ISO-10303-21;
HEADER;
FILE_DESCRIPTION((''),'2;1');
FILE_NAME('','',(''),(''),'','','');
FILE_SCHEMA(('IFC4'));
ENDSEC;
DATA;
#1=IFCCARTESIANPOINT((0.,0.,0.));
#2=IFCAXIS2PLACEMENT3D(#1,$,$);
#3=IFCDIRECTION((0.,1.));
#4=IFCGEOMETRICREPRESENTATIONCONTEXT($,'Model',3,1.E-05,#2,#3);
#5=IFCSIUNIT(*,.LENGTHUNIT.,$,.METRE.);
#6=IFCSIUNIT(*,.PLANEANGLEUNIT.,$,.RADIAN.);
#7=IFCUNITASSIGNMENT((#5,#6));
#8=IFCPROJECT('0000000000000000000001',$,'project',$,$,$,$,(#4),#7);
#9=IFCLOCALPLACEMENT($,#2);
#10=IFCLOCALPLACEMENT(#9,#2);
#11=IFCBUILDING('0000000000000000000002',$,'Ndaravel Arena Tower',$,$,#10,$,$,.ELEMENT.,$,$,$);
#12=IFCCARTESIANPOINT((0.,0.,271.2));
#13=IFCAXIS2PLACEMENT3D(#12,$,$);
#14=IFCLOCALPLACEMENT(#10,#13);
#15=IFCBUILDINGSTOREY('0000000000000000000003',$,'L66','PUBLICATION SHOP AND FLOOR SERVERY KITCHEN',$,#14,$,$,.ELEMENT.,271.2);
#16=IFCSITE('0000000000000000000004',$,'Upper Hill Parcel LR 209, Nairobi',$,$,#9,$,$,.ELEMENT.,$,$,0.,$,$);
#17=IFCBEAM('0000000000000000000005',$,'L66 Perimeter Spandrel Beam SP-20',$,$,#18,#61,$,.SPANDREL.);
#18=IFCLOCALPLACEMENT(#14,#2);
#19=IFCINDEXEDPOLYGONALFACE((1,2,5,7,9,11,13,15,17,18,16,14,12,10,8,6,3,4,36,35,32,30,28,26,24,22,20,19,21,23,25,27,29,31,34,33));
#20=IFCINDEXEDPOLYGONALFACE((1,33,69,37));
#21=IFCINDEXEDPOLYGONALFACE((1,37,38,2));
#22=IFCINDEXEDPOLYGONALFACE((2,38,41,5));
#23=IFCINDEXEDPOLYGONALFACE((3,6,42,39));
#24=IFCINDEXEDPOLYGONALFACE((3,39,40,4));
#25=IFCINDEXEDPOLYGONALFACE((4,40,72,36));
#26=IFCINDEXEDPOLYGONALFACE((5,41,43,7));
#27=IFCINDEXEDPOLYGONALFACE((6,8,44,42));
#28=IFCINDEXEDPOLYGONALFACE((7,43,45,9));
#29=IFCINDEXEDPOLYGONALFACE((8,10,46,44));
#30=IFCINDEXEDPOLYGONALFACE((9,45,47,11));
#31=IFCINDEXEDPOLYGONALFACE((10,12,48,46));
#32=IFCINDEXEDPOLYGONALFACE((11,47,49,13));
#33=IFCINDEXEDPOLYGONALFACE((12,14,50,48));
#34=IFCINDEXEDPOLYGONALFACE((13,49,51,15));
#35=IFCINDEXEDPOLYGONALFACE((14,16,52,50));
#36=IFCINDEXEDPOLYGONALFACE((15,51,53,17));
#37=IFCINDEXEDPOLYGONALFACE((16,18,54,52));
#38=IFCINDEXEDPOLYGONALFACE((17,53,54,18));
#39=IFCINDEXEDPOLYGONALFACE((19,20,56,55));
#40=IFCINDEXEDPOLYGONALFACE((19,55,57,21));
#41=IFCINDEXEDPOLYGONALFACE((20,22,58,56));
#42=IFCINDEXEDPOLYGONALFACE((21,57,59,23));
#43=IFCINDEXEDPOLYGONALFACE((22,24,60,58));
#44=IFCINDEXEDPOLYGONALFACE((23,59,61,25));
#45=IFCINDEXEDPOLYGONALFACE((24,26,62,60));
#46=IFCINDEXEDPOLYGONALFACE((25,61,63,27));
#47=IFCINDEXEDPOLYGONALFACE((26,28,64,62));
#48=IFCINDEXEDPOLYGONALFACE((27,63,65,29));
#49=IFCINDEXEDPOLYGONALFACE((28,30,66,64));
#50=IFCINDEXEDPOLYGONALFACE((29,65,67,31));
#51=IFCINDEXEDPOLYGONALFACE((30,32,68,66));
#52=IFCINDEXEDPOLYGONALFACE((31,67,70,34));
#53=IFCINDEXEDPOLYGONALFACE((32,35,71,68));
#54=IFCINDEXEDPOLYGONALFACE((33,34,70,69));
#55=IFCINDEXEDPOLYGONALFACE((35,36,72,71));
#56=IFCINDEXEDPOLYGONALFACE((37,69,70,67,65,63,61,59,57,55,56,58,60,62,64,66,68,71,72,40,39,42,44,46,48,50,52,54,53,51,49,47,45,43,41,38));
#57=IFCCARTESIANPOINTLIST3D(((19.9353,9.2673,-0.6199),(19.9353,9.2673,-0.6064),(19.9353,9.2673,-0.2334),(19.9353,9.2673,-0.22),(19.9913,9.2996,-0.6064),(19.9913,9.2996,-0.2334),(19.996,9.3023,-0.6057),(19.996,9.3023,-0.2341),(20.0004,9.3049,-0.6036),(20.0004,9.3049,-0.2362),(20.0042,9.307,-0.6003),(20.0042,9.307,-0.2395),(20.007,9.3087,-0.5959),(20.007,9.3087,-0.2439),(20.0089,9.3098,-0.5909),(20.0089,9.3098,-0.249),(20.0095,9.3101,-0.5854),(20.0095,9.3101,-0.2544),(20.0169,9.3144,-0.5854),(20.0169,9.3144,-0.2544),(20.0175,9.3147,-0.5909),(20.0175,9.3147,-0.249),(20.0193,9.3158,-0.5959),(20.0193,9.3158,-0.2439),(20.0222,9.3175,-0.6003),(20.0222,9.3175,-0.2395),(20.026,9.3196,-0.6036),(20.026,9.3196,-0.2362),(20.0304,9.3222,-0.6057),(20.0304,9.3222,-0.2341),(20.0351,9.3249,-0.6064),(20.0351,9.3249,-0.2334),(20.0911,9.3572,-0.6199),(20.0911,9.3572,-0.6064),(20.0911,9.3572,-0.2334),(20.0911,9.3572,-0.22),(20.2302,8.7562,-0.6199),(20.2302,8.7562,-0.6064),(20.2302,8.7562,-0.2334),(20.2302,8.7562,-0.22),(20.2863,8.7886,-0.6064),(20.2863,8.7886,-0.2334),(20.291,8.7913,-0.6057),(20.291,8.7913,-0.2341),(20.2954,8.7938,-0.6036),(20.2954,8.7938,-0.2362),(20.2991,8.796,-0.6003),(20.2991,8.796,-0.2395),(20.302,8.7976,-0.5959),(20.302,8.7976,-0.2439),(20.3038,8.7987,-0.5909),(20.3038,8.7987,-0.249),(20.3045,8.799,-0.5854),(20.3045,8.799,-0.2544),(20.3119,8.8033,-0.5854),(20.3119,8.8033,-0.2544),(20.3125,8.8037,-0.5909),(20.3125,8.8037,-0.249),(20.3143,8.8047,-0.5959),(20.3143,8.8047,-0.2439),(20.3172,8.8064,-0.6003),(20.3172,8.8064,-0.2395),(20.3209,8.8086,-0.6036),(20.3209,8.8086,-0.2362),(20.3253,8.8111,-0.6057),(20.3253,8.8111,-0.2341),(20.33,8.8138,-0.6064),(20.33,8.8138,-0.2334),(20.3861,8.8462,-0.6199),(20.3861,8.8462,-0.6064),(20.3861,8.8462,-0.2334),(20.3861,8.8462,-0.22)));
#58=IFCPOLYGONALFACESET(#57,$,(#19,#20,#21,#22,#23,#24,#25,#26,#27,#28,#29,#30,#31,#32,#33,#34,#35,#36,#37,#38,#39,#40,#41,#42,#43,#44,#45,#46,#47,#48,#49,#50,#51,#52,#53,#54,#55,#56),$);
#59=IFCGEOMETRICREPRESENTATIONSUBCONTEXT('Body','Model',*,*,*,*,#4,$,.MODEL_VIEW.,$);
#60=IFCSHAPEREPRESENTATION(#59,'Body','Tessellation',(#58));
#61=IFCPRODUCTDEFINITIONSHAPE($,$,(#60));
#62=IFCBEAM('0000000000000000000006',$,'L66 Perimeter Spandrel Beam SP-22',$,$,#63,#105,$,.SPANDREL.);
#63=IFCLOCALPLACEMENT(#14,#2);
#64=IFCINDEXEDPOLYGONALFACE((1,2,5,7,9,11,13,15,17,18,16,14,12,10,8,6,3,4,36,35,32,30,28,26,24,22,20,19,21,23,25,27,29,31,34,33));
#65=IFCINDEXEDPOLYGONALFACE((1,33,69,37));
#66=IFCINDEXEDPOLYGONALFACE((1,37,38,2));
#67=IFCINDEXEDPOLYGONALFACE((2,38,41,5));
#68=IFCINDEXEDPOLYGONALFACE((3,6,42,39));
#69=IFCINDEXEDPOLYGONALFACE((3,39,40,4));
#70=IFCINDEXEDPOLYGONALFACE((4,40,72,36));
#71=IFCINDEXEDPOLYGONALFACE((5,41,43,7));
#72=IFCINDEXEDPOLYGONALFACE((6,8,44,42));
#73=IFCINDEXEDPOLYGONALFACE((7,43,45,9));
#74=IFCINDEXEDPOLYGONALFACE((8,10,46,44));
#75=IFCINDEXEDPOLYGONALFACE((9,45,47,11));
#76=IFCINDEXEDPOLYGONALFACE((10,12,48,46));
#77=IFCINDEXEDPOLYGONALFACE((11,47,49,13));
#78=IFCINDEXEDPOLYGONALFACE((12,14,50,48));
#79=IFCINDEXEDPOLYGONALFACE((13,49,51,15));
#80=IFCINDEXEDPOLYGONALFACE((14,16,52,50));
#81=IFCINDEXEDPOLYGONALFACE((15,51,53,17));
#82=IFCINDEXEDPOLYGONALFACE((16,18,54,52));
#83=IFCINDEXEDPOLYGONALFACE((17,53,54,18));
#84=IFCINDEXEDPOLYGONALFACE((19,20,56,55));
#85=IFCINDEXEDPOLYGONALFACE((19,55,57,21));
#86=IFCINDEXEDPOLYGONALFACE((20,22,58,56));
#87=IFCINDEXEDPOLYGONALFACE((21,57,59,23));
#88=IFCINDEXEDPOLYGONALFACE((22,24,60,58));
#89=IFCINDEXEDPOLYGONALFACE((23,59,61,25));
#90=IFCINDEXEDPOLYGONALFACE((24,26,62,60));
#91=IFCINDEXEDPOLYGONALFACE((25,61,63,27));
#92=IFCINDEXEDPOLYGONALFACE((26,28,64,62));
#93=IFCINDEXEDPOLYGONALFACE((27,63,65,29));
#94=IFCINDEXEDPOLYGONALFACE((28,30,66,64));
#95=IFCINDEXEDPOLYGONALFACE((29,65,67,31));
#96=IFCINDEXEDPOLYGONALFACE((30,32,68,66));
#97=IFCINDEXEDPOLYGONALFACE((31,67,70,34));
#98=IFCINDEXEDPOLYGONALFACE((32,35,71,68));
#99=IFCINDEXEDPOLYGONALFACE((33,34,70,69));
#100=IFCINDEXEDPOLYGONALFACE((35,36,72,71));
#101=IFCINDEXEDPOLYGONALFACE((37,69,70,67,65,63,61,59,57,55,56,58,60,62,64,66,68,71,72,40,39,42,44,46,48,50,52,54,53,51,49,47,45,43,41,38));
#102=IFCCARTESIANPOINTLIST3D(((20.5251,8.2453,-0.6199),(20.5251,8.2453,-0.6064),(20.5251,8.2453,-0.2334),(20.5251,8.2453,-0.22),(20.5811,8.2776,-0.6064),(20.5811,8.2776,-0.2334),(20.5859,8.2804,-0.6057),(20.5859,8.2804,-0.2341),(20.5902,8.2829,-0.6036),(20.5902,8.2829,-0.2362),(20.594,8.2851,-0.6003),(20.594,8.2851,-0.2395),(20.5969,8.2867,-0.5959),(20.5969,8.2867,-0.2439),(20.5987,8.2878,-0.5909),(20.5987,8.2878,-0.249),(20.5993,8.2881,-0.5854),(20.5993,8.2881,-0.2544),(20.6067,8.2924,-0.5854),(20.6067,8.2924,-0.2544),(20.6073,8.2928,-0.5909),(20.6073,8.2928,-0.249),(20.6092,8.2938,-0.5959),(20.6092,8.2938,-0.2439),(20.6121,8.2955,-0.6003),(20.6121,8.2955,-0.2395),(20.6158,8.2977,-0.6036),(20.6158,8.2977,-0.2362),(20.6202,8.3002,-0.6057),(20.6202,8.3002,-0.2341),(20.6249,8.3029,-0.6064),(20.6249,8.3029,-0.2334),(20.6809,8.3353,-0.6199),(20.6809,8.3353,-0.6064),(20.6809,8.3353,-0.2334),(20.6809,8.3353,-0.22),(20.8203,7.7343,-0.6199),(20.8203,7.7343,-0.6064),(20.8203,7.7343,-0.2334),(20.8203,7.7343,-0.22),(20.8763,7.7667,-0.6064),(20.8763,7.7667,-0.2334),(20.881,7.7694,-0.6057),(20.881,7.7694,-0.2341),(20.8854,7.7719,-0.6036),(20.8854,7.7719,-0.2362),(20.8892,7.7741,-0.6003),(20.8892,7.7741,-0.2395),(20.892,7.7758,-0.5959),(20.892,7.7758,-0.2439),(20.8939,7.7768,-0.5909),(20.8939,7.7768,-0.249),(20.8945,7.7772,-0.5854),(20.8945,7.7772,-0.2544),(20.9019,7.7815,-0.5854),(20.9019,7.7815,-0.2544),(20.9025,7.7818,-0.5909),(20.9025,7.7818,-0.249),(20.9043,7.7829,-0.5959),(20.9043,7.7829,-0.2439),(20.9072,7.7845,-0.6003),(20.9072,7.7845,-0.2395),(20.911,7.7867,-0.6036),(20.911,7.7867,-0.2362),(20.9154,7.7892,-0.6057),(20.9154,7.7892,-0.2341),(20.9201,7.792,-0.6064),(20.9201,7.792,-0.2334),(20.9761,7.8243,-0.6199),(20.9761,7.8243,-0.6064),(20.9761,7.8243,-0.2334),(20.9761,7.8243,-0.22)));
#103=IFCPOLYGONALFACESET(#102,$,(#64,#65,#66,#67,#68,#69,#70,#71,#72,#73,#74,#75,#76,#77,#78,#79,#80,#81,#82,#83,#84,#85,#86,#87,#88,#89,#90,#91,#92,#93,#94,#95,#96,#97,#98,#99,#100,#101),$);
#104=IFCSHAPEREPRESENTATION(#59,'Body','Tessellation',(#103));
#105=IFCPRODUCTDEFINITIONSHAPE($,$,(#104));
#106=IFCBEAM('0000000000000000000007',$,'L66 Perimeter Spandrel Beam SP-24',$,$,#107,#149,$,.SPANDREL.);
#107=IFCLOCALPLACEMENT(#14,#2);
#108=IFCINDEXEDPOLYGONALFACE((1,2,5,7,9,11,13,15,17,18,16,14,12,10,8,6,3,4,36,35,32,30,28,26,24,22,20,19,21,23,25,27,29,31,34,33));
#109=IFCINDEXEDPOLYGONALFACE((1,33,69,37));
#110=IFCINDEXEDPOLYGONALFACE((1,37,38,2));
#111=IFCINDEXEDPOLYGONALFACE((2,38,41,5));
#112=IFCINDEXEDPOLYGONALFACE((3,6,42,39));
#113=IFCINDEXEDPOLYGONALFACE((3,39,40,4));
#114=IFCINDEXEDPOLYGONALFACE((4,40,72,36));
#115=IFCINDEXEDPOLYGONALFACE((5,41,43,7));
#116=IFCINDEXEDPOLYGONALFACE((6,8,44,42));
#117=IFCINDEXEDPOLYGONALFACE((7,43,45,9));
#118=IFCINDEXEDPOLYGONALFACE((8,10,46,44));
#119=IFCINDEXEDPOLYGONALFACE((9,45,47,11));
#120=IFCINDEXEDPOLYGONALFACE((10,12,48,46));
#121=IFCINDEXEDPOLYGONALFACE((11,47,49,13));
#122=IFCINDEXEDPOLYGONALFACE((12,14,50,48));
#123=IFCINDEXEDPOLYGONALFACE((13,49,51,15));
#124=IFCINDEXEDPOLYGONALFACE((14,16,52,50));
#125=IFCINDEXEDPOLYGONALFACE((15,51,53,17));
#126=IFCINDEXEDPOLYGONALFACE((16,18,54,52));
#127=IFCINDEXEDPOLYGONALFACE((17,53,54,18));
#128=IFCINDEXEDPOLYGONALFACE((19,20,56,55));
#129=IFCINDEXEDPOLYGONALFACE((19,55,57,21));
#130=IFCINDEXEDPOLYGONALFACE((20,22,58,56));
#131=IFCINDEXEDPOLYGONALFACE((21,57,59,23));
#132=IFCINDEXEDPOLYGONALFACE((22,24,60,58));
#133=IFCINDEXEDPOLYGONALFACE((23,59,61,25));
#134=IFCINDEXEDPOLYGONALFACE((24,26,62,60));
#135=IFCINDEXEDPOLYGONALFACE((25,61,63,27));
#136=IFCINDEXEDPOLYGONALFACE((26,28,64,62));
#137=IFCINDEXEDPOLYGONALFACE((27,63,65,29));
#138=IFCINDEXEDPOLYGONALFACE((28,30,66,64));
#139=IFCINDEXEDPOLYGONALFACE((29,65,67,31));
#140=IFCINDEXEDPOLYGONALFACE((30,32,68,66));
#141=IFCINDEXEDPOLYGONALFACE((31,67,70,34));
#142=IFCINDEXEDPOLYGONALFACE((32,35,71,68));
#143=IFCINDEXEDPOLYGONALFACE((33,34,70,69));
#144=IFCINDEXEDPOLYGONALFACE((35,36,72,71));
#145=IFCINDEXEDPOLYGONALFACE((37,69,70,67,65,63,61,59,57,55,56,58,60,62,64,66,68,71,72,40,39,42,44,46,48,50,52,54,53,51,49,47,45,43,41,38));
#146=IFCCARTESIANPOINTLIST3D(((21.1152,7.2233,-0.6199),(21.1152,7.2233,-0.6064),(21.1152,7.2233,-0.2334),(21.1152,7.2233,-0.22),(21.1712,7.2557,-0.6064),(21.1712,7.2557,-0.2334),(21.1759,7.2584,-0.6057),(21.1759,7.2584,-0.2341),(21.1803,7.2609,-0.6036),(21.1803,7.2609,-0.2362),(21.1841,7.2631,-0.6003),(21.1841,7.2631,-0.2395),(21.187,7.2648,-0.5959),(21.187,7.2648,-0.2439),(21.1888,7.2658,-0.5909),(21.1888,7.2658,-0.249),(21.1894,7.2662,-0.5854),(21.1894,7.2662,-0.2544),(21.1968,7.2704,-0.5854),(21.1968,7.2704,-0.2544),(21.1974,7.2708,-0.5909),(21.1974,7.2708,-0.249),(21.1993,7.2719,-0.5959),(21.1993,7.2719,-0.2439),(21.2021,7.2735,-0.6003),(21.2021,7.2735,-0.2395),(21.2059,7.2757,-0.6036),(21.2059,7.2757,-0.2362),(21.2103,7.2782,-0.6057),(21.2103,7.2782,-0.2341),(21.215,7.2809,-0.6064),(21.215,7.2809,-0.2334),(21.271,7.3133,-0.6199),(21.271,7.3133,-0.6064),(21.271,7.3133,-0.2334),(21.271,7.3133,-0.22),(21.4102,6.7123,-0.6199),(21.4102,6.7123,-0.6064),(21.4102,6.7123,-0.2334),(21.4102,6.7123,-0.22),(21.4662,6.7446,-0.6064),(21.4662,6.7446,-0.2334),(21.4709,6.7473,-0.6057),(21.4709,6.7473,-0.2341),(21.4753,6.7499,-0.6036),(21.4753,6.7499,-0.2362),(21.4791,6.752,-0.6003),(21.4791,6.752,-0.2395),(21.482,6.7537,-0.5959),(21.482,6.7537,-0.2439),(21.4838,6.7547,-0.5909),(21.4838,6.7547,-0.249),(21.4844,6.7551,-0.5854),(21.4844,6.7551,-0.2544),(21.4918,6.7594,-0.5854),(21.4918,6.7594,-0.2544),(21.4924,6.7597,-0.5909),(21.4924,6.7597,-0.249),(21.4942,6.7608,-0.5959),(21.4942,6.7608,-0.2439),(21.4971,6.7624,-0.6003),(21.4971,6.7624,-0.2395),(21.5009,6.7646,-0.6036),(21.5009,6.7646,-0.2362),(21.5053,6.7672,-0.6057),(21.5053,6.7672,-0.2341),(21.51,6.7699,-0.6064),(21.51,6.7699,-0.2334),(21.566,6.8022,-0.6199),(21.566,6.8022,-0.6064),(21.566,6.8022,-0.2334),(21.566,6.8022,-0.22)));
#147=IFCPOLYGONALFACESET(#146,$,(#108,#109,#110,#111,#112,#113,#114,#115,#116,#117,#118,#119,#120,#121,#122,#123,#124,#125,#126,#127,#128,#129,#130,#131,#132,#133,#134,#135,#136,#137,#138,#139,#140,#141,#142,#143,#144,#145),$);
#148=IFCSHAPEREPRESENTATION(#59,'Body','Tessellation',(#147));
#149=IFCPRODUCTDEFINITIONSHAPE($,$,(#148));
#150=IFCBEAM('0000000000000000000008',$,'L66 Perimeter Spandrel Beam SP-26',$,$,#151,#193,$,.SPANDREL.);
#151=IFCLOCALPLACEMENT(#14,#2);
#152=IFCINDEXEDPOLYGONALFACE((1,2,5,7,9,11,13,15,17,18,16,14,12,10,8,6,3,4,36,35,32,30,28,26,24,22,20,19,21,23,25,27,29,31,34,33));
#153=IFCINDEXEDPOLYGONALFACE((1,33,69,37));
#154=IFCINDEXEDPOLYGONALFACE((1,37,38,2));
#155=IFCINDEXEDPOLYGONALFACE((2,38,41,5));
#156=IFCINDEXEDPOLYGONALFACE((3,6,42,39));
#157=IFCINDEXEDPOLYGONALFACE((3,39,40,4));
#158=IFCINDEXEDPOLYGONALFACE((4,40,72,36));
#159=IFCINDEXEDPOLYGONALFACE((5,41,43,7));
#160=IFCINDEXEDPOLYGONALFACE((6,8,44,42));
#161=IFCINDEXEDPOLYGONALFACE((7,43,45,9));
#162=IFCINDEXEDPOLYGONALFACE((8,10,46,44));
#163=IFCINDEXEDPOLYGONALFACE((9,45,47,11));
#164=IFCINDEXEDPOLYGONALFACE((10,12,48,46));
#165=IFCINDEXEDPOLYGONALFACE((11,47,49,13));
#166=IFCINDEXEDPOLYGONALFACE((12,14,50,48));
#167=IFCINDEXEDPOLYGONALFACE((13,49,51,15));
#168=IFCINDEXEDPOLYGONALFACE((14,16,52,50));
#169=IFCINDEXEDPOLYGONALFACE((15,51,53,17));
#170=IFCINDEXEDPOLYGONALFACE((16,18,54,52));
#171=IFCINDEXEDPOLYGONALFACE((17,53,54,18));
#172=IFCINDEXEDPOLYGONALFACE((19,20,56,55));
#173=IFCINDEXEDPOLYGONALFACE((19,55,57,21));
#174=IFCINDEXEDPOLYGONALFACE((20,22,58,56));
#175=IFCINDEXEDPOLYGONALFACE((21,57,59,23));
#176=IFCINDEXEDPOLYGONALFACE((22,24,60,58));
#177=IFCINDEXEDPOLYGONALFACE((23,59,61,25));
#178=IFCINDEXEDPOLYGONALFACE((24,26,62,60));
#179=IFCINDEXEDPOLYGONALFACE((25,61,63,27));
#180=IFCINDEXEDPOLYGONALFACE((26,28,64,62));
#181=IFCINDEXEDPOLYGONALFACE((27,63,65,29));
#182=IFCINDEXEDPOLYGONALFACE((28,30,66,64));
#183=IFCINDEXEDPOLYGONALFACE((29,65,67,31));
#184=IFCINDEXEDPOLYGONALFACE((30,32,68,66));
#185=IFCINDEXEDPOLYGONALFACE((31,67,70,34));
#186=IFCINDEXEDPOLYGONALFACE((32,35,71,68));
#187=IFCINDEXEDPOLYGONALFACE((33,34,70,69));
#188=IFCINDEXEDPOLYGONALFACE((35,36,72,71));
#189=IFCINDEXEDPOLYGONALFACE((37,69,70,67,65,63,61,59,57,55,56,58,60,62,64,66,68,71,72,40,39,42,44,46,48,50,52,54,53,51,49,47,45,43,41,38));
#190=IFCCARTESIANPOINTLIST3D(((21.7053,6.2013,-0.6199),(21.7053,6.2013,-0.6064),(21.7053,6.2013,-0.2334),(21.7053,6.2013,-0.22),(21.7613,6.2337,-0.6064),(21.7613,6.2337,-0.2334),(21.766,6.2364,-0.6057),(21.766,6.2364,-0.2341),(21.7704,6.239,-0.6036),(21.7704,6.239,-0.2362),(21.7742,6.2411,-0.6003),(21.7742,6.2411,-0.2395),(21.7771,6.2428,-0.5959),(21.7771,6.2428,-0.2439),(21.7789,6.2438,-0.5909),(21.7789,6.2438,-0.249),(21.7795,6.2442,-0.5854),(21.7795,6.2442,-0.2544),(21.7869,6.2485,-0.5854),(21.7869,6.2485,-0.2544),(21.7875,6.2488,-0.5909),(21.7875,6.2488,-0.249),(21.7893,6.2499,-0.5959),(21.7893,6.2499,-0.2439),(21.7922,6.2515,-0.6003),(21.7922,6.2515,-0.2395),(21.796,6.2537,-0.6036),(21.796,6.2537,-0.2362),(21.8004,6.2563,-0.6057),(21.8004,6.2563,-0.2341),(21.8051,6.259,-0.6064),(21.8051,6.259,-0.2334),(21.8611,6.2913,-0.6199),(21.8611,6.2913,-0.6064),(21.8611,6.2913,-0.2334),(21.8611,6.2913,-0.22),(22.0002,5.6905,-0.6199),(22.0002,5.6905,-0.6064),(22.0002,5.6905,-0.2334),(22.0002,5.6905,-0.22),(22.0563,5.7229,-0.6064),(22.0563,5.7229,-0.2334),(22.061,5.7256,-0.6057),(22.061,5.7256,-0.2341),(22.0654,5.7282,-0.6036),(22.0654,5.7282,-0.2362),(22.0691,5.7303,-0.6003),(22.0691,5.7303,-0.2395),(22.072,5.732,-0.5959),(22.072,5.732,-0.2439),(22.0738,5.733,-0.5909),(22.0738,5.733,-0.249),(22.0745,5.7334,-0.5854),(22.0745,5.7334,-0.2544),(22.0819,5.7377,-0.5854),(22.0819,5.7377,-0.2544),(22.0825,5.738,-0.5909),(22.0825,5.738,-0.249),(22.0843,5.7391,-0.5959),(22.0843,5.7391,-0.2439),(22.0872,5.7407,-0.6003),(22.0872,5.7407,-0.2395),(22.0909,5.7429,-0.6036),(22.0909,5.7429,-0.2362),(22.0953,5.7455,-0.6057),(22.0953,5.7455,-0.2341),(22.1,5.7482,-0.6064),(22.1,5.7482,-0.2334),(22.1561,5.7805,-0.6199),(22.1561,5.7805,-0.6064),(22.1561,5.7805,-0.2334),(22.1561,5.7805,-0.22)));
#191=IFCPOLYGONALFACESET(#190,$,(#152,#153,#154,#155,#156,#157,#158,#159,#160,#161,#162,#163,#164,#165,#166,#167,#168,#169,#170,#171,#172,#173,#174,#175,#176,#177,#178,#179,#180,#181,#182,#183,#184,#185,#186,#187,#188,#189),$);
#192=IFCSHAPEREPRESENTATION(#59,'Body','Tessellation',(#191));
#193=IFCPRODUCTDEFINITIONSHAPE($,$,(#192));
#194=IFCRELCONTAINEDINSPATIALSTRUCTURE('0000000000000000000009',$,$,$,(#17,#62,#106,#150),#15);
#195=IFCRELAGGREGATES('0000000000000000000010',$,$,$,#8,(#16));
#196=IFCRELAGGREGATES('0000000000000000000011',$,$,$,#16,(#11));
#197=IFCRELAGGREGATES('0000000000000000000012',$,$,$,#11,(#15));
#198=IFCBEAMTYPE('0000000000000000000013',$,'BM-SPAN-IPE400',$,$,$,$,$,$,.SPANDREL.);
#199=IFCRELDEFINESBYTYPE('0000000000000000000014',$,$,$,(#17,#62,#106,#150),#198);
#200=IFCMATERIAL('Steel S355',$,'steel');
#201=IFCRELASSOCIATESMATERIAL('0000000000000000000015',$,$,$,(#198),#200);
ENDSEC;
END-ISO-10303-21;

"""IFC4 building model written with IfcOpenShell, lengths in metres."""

from ifc_helpers import new_model, si_unit, direction, frame, origin, origin_2d, place, context, subcontext, project, spatial, i_section, extrude, material, material_profile, profile_set, type_object, element, save


model = new_model("IFC4")

# Units and contexts
model_context = context("Model", 3, precision=1e-05, world=origin(), true_north=direction((0.0, 1.0)))
body_context = subcontext(model_context, "Body", "Model", "MODEL_VIEW")
ifc_project = project(units=[si_unit("LENGTHUNIT", "METRE"), si_unit("PLANEANGLEUNIT", "RADIAN")], contexts=[model_context])

# Site, building, storey
site_placement = place(None, origin())
site = spatial("IfcSite", under=ifc_project, at=site_placement, Name="Upper Hill Parcel LR 209, Nairobi", CompositionType="ELEMENT", RefElevation=0.0)
building_placement = place(site_placement, origin())
building = spatial("IfcBuilding", under=site, at=building_placement, Name="Ndaravel Arena Tower", CompositionType="ELEMENT")
storey_placement = place(building_placement, frame((0.0, 0.0, 271.2)))
storey = spatial("IfcBuildingStorey", under=building, at=storey_placement, Name="L66", Description="PUBLICATION SHOP AND FLOOR SERVERY KITCHEN", CompositionType="ELEMENT", Elevation=271.2)

# Beams
ifc_material_1 = material(Name="Steel S355", Category="steel")
ifc_material_profile_1 = material_profile(ifc_material_1, i_section(OverallWidth=0.1799, OverallDepth=0.3999, WebThickness=0.0085, FlangeThickness=0.0134, FilletRadius=0.021, at=origin_2d()), Name="IPE 400")
ifc_profile_set_1 = profile_set([ifc_material_profile_1], Name="Steel S355")
beam_type = type_object("IfcBeamType", Name="BM-SPAN-IPE400", PredefinedType="SPANDREL", material=ifc_profile_set_1)
for number, where, z_axis, x_axis, name in (
    (1, (20.0132, 9.3123, -0.4199), (0.499878, -0.866096, 0.0), (0.866096, 0.499878, 0.0), "L66 Perimeter Spandrel Beam SP-20"),
    (2, (20.603, 8.2903, -0.4199), (0.500188, -0.865917, 0.0), (0.865917, 0.500188, 0.0), "L66 Perimeter Spandrel Beam SP-22"),
    (3, (21.1931, 7.2683, -0.4199), (0.499878, -0.866096, 0.0), (0.866096, 0.499878, 0.0), "L66 Perimeter Spandrel Beam SP-24"),
):
    element("IfcBeam", number, at=place(storey_placement, frame(where, z_axis=z_axis, x_axis=x_axis)), inside=storey, type_object=beam_type, Name=name, PredefinedType="SPANDREL", context=body_context, shape_type="SweptSolid", body=[
        extrude(i_section(OverallWidth=0.1799, OverallDepth=0.3999, WebThickness=0.0085, FlangeThickness=0.0134, FilletRadius=0.021, at=origin_2d()), origin(), (0.0, 0.0, 1.0), 0.5901),
    ])
beam_1_placement = place(storey_placement, frame((21.7832, 6.2463, -0.4199), z_axis=(0.500057, -0.865993, 0.0), x_axis=(0.865993, 0.500057, 0.0)))
element("IfcBeam", 4, at=beam_1_placement, inside=storey, type_object=beam_type, Name="L66 Perimeter Spandrel Beam SP-26", PredefinedType="SPANDREL", context=body_context, shape_type="SweptSolid", body=[
    extrude(i_section(OverallWidth=0.1799, OverallDepth=0.3999, WebThickness=0.0085, FlangeThickness=0.0134, FilletRadius=0.021, at=origin_2d()), origin(), (0.0, 0.0, 1.0), 0.5898),
])

save(model, "model.ifc")
